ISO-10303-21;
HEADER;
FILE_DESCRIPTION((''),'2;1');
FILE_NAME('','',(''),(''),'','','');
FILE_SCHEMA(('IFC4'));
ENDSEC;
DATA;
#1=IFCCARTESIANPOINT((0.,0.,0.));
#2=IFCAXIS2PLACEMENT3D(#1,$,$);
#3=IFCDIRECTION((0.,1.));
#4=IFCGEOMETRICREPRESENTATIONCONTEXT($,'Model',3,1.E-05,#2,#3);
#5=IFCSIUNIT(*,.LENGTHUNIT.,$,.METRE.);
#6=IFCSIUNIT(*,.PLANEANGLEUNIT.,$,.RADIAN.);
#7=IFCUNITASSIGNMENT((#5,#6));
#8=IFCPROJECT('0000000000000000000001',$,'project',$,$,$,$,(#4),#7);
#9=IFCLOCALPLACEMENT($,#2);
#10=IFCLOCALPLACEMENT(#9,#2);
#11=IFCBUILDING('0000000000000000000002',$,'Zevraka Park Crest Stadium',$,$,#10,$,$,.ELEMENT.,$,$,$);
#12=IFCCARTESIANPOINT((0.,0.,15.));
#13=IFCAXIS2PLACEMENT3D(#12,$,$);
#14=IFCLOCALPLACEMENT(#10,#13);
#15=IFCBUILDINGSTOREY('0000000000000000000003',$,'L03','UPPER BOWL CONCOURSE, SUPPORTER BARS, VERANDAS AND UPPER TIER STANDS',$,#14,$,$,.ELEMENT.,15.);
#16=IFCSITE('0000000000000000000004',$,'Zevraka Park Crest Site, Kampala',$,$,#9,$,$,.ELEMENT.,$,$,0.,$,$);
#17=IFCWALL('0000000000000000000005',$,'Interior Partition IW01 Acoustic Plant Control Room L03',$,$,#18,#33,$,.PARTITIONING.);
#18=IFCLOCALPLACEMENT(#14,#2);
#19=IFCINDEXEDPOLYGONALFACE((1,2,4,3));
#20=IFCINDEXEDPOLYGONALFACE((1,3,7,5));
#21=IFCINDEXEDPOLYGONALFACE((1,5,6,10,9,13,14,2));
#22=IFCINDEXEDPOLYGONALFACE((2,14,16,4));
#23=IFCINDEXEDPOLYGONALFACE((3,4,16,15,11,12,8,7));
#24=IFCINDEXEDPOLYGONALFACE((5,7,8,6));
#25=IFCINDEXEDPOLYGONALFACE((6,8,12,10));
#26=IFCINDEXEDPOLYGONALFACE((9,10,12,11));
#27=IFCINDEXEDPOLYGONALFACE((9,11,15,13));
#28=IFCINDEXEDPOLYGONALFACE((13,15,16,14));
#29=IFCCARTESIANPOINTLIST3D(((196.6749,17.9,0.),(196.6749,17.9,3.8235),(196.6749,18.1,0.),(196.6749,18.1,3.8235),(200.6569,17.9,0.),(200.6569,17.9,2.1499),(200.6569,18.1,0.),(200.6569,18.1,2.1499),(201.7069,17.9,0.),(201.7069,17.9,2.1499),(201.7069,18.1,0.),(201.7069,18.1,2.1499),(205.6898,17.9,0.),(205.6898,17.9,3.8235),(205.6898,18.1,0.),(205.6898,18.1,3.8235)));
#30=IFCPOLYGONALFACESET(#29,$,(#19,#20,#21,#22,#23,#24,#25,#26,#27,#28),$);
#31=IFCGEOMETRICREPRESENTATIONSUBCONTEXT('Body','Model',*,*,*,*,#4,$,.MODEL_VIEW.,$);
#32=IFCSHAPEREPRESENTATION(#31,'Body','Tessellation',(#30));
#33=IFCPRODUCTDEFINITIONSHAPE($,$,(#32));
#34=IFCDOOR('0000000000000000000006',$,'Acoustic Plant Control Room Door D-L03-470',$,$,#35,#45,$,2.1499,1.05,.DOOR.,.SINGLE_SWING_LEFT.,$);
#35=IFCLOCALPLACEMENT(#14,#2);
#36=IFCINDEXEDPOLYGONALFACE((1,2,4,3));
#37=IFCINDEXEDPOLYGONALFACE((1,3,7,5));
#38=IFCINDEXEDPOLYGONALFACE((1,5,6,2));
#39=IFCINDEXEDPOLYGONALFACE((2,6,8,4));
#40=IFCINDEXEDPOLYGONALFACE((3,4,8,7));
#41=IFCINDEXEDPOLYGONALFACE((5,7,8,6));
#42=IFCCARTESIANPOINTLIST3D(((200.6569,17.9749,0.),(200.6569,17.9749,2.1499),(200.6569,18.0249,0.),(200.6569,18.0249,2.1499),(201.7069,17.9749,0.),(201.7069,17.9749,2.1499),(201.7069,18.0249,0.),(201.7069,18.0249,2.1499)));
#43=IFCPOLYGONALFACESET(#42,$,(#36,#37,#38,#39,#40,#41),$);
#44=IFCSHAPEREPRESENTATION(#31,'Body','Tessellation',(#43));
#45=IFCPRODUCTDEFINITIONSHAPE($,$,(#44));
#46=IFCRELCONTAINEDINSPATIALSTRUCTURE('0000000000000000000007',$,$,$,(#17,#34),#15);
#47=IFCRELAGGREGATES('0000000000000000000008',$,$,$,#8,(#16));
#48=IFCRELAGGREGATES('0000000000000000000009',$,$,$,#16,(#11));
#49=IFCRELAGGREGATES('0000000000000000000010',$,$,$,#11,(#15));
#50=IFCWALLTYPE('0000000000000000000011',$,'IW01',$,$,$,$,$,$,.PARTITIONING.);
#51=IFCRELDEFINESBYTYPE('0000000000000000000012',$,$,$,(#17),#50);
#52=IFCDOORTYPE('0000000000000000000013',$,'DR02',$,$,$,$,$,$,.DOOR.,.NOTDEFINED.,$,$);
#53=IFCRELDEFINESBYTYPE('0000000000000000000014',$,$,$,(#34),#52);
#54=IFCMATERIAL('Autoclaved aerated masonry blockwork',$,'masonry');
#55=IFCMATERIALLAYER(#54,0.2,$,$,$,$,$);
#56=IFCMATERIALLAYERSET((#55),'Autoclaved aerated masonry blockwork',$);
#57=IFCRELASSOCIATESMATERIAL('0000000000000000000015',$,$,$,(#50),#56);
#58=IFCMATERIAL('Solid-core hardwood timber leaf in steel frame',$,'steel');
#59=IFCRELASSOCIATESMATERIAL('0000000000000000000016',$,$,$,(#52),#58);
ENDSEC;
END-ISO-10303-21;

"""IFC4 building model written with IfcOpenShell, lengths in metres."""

from ifc_helpers import new_model, si_unit, direction, frame, frame_2d, origin, place, context, subcontext, project, spatial, rectangle, extrude, material, layer, layer_set, type_object, element, fill, save


model = new_model("IFC4")

# Units and contexts
model_context = context("Model", 3, precision=1e-05, world=origin(), true_north=direction((0.0, 1.0)))
body_context = subcontext(model_context, "Body", "Model", "MODEL_VIEW")
ifc_project = project(units=[si_unit("LENGTHUNIT", "METRE"), si_unit("PLANEANGLEUNIT", "RADIAN")], contexts=[model_context])

# Site, building, storey
site_placement = place(None, origin())
site = spatial("IfcSite", under=ifc_project, at=site_placement, Name="Zevraka Park Crest Site, Kampala", CompositionType="ELEMENT", RefElevation=0.0)
building_placement = place(site_placement, origin())
building = spatial("IfcBuilding", under=site, at=building_placement, Name="Zevraka Park Crest Stadium", CompositionType="ELEMENT")
storey_placement = place(building_placement, frame((0.0, 0.0, 15.0)))
storey = spatial("IfcBuildingStorey", under=building, at=storey_placement, Name="L03", Description="UPPER BOWL CONCOURSE, SUPPORTER BARS, VERANDAS AND UPPER TIER STANDS", CompositionType="ELEMENT", Elevation=15.0)

# Wall, opening, door
ifc_material_1 = material(Name="Autoclaved aerated masonry blockwork", Category="masonry")
ifc_layer_1 = layer(ifc_material_1, 0.2)
ifc_layer_set_1 = layer_set([ifc_layer_1], Name="Autoclaved aerated masonry blockwork")
wall_type_1 = type_object("IfcWallType", Name="IW01", PredefinedType="PARTITIONING", material=ifc_layer_set_1)
wall_1_placement = place(storey_placement, frame((196.675, 18.0, 0.0), z_axis=(0.0, 0.0, 1.0), x_axis=(1.0, 0.0, 0.0)))
wall_1 = element("IfcWall", 1, at=wall_1_placement, inside=storey, type_object=wall_type_1, Name="Interior Partition IW01 Acoustic Plant Control Room L03", PredefinedType="PARTITIONING", context=body_context, shape_type="SweptSolid", body=[
    extrude(rectangle(XDim=9.0149, YDim=0.2, at=frame_2d((4.5073, 0.0))), origin(), (0.0, 0.0, 1.0), 3.8235),
])
opening_1_placement = place(wall_1_placement, frame((3.9819, 0.0, 0.0)))
opening_1 = element("IfcOpeningElement", 2, at=opening_1_placement, cuts=wall_1, PredefinedType="OPENING", context=body_context, shape_type="SweptSolid", body=[
    extrude(rectangle(XDim=1.05, YDim=2.1499, at=frame_2d((0.5249, 1.075))), frame((0.0, 0.1099, 0.0), z_axis=(0.0, -1.0, 0.0), x_axis=(1.0, 0.0, 0.0)), (0.0, 0.0, 1.0), 0.22),
])
ifc_material_2 = material(Name="Solid-core hardwood timber leaf in steel frame", Category="steel")
door_type_1 = type_object("IfcDoorType", Name="DR02", OperationType="NOTDEFINED", PredefinedType="DOOR", material=ifc_material_2)
door_1_placement = place(opening_1_placement, origin())
door_1 = element("IfcDoor", 3, at=door_1_placement, inside=storey, type_object=door_type_1, Name="Acoustic Plant Control Room Door D-L03-470", OperationType="SINGLE_SWING_LEFT", OverallHeight=2.1499, OverallWidth=1.05, PredefinedType="DOOR", context=body_context, shape_type="SweptSolid", body=[
    extrude(rectangle(XDim=1.05, YDim=2.1499, at=frame_2d((0.5249, 1.075))), frame((0.0, 0.0249, 0.0), z_axis=(0.0, -1.0, 0.0), x_axis=(1.0, 0.0, 0.0)), (0.0, 0.0, 1.0), 0.05),
])
fill(opening_1, door_1)

save(model, "model.ifc")
